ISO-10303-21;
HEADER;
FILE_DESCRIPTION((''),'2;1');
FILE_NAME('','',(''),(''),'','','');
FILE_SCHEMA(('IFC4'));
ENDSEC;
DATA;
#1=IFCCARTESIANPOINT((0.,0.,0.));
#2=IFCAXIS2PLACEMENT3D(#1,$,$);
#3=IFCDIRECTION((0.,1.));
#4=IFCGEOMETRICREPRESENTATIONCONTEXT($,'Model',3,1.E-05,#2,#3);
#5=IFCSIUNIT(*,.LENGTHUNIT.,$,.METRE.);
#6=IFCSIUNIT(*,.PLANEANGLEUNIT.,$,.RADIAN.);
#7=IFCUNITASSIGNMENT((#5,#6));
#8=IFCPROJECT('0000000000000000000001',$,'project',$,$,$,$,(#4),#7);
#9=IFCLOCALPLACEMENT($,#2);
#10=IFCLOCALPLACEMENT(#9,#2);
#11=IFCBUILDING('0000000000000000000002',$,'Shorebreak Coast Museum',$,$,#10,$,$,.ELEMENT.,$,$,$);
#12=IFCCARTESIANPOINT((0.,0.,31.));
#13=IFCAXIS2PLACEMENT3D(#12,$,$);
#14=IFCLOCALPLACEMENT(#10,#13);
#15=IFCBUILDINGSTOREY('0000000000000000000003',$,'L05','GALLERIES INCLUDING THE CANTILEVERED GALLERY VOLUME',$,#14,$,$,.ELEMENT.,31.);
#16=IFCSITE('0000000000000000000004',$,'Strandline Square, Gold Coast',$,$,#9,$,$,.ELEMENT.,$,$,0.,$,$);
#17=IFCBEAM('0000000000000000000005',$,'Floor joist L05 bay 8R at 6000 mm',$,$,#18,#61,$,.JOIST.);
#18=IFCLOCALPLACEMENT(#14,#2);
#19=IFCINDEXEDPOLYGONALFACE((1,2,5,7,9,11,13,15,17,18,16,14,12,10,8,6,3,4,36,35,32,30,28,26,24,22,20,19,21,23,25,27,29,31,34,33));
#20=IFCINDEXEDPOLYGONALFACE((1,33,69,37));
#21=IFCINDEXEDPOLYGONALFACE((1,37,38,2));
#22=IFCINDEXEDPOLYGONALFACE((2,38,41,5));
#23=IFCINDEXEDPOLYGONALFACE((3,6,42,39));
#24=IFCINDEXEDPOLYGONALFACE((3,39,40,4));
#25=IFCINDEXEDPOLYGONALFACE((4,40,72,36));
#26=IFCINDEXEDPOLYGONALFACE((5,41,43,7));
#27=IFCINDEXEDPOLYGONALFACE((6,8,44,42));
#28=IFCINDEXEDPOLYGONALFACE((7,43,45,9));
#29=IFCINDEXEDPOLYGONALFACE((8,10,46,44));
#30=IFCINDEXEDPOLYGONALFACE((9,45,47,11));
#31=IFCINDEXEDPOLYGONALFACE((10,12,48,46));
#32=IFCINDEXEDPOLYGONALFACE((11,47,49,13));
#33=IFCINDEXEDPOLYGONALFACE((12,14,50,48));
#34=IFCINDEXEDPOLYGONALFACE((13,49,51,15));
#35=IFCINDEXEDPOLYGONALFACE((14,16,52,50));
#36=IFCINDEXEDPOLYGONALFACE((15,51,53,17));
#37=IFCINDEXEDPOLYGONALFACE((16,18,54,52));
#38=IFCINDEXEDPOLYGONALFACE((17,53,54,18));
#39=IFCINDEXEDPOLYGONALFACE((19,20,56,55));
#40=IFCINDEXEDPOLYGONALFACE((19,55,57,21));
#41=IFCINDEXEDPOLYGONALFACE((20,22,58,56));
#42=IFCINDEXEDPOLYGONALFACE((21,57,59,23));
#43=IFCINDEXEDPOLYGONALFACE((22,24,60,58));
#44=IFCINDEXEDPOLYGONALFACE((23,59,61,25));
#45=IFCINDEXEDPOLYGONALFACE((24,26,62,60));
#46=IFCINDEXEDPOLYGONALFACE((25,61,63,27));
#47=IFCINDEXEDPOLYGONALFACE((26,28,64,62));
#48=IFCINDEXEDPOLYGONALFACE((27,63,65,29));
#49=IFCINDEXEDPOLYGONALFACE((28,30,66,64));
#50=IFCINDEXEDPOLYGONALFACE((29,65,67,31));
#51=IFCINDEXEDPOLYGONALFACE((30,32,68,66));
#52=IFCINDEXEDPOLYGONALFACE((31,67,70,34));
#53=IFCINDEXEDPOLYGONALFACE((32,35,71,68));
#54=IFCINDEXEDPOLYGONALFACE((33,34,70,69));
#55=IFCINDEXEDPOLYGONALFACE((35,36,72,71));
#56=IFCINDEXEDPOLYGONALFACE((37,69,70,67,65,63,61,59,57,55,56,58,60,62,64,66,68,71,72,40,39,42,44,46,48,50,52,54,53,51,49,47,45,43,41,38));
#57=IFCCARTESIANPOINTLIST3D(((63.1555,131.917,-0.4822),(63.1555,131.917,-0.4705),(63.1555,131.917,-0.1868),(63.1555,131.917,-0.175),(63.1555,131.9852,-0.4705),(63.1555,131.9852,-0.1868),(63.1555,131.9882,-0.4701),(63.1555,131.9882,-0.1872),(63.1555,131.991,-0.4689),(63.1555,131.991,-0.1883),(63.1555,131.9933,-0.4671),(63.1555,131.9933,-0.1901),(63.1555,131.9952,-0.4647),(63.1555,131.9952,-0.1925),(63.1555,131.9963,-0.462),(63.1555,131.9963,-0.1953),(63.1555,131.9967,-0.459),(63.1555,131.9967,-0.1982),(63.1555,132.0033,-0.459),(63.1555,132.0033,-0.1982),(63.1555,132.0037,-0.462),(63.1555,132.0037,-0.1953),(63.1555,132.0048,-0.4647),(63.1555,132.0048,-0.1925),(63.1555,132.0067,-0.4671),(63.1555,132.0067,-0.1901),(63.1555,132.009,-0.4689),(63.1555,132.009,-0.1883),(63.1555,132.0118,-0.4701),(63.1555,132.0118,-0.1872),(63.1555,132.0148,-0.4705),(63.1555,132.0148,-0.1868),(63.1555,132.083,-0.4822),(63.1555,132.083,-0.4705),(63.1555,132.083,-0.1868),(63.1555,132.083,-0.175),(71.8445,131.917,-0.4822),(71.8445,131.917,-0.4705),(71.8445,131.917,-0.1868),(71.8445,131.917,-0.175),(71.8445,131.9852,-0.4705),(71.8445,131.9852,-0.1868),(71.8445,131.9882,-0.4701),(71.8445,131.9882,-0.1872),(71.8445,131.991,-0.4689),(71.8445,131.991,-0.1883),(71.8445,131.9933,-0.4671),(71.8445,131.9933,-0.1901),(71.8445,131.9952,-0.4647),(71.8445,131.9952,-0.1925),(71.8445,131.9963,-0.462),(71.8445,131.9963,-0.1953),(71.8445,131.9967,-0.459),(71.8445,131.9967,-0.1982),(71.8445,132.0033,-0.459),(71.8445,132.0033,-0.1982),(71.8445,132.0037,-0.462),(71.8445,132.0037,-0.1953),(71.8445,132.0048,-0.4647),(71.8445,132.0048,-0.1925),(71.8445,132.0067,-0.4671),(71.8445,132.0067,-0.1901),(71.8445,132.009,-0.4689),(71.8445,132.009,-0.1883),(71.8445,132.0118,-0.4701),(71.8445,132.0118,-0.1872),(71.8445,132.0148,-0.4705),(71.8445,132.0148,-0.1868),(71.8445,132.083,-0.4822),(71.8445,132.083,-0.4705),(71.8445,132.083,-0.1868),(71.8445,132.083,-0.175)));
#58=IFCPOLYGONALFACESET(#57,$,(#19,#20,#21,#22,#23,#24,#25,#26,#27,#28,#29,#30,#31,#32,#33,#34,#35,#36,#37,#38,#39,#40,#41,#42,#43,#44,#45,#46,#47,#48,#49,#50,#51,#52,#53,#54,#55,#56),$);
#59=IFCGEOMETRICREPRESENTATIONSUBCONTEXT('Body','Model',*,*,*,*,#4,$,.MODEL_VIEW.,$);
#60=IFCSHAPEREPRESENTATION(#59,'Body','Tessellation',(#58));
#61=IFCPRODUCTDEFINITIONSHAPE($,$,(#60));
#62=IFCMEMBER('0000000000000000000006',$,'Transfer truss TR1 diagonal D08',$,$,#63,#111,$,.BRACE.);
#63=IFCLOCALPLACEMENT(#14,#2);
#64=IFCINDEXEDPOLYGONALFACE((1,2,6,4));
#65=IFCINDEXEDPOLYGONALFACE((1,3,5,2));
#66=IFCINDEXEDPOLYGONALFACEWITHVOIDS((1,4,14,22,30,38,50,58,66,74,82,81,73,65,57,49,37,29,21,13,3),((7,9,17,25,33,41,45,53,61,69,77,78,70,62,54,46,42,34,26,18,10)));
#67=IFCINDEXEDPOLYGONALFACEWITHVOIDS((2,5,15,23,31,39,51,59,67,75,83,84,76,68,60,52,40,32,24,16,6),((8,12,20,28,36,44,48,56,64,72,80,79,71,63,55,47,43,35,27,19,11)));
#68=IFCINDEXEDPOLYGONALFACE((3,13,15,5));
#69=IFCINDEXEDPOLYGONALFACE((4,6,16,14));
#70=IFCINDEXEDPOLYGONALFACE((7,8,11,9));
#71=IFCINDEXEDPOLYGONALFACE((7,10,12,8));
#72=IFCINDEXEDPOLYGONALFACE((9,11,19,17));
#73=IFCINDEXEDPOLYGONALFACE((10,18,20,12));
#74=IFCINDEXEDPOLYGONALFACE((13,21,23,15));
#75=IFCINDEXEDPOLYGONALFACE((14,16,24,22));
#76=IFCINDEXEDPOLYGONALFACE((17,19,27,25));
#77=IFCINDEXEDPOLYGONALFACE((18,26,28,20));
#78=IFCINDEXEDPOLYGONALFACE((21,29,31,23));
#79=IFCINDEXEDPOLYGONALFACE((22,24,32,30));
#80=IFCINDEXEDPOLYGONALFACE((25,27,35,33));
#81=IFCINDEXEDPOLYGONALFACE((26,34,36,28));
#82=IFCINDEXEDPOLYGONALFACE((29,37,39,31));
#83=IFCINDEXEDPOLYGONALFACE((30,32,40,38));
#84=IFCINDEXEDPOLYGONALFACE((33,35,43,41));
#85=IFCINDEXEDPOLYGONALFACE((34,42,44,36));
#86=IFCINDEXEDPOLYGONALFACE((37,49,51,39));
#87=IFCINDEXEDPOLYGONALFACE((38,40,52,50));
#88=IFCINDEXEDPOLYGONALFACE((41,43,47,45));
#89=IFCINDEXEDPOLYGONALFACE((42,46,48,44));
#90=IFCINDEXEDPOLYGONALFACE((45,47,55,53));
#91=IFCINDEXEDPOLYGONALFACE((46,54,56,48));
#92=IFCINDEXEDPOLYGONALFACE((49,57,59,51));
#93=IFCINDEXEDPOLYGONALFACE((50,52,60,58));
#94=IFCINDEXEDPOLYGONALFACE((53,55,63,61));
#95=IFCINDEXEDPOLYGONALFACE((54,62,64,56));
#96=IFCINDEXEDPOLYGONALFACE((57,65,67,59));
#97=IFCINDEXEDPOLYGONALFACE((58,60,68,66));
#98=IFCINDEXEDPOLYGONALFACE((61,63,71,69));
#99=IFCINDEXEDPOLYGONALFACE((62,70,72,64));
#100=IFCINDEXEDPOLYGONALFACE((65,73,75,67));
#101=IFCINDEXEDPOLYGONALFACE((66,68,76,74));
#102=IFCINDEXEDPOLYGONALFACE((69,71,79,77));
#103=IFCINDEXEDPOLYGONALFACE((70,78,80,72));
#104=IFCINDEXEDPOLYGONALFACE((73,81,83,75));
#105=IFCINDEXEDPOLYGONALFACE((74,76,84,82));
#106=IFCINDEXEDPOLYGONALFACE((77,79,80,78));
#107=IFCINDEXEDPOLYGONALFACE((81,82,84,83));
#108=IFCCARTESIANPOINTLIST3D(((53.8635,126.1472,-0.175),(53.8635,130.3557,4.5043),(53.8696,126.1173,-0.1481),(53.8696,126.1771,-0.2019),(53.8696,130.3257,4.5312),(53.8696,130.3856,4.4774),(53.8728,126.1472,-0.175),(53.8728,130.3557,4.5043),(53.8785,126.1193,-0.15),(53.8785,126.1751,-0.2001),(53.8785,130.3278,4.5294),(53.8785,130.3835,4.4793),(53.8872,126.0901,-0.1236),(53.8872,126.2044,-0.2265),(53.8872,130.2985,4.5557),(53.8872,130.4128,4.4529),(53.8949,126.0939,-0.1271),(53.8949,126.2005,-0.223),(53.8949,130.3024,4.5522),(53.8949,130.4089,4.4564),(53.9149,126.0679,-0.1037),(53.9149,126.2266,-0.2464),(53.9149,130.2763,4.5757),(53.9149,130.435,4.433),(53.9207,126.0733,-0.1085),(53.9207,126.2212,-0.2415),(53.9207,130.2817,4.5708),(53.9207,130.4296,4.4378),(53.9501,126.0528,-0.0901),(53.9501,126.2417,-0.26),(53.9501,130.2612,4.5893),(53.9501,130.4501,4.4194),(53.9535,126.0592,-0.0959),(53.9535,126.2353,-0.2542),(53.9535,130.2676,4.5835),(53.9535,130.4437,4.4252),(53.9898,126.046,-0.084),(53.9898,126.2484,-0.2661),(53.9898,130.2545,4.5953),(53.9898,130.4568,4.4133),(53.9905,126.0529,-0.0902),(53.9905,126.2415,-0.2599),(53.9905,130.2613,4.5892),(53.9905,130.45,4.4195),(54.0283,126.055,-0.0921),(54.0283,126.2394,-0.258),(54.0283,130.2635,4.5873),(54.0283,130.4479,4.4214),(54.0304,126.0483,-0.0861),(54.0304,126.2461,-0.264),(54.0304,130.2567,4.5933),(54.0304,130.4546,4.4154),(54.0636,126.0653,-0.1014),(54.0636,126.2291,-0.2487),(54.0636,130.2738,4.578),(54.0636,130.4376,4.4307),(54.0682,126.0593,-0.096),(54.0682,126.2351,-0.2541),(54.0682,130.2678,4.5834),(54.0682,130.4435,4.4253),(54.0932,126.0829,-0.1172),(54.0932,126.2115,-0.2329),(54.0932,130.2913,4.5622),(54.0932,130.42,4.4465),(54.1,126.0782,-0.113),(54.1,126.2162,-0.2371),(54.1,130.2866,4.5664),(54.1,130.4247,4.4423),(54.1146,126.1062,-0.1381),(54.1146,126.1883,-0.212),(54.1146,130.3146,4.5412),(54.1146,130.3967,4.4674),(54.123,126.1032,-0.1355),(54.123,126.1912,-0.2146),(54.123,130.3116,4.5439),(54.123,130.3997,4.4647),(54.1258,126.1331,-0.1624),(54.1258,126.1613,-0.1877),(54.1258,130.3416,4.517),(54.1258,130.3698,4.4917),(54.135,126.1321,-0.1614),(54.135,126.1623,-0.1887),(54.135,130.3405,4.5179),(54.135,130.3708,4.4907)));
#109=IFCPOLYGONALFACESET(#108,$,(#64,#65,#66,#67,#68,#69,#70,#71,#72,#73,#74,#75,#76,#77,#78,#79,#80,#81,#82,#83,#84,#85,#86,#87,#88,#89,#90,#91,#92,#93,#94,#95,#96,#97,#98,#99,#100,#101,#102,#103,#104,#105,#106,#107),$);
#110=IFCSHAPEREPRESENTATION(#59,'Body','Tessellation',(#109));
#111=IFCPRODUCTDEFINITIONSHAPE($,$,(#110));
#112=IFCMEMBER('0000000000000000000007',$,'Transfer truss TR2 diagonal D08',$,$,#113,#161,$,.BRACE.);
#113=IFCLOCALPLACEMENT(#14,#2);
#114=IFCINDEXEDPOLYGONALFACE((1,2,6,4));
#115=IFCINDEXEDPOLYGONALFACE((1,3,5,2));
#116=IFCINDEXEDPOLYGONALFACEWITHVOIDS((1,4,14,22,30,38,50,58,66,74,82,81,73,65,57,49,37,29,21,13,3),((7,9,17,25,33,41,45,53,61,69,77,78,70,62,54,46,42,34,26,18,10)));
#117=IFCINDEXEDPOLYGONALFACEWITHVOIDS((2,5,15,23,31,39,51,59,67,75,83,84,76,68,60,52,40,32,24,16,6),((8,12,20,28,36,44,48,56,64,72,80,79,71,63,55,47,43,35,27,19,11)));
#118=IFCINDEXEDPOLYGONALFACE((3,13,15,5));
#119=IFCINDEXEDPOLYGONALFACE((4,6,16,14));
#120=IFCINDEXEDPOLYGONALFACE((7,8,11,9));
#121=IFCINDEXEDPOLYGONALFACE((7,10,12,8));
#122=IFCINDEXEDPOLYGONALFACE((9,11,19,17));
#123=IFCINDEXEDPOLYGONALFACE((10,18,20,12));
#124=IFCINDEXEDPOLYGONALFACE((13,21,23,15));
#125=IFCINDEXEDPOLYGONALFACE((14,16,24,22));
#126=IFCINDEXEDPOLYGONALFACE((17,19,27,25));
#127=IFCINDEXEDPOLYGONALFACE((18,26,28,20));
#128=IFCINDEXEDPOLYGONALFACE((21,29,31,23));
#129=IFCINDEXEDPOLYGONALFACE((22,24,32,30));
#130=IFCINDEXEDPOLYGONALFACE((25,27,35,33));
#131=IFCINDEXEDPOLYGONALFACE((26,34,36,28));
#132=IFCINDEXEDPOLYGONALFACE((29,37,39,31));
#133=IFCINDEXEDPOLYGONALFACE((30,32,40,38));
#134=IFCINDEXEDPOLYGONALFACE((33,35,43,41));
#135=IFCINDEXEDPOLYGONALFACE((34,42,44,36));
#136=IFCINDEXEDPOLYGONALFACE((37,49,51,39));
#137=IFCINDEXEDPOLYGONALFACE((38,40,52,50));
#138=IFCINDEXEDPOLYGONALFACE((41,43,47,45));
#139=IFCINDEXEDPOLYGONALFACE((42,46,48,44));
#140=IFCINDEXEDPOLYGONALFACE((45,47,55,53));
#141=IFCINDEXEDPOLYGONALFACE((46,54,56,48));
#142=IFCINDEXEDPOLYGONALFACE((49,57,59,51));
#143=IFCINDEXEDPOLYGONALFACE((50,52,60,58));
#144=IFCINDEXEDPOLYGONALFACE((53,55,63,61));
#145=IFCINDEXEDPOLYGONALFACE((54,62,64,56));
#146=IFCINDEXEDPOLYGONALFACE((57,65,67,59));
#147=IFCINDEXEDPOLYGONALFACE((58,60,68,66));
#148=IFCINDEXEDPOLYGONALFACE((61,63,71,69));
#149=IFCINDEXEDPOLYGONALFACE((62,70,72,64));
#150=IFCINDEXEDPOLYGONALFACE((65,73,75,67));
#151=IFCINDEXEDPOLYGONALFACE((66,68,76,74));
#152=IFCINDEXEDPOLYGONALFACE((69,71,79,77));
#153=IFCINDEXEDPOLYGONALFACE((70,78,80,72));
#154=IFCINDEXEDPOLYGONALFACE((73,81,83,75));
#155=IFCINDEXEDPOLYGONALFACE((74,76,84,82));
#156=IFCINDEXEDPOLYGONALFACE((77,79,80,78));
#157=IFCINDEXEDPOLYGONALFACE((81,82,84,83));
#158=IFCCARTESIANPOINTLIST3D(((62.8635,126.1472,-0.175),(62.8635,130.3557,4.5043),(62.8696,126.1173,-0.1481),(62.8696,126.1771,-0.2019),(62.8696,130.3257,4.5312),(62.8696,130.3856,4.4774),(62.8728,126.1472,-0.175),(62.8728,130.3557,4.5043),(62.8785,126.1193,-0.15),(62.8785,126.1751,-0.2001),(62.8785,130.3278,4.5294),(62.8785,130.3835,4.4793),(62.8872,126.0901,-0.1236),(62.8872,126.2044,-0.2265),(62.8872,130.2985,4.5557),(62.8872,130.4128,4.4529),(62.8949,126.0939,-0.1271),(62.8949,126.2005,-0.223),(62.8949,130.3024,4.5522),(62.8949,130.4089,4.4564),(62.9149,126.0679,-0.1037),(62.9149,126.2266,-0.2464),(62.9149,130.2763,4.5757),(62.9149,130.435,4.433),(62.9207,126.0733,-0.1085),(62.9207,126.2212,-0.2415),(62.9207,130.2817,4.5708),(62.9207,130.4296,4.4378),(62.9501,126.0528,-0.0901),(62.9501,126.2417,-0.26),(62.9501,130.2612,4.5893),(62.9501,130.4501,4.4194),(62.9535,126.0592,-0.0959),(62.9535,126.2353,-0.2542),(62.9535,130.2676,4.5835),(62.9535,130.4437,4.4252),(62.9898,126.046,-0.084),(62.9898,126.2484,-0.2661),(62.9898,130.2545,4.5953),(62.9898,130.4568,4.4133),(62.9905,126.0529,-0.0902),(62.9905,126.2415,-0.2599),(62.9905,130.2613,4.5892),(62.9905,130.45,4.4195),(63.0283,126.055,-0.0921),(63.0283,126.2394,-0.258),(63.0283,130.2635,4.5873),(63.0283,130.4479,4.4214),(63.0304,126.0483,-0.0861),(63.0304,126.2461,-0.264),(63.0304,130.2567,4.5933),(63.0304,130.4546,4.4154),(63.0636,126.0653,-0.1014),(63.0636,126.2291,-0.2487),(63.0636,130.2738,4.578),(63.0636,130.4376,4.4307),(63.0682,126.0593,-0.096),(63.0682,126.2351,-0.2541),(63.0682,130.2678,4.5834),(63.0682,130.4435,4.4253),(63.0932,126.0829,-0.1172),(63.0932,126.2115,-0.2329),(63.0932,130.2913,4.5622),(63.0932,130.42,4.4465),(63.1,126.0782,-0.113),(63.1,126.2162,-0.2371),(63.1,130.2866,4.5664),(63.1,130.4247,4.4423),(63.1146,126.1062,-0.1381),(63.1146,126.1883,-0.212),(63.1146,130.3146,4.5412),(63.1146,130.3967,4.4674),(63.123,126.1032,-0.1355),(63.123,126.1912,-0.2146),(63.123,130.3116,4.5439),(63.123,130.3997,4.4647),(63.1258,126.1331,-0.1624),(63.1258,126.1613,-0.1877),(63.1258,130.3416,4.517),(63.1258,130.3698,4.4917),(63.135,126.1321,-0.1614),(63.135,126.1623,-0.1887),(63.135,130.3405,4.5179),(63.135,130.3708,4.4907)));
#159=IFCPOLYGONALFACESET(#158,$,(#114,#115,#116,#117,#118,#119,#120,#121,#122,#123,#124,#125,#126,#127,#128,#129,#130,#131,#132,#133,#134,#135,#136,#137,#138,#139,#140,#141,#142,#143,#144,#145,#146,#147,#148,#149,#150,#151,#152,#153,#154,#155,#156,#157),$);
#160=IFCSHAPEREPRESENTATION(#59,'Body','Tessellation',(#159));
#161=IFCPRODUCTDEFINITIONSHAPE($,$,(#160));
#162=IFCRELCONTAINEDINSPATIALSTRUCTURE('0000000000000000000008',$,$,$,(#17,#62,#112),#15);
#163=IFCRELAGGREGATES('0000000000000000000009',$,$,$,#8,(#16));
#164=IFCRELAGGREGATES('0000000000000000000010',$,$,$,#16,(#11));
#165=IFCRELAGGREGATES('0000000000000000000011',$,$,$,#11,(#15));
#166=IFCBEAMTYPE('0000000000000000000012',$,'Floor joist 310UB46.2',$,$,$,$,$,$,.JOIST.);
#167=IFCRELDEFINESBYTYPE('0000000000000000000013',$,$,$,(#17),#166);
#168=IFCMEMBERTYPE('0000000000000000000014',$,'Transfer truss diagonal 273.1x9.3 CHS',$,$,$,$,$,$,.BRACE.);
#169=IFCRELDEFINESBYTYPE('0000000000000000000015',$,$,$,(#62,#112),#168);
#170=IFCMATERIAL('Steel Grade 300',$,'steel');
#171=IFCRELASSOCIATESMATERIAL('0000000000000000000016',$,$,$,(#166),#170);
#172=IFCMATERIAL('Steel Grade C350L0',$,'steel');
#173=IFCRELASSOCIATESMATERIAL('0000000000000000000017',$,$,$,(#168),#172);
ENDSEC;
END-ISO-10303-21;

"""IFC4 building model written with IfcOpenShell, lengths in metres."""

from ifc_helpers import new_model, si_unit, direction, frame, origin, origin_2d, place, context, subcontext, project, spatial, hollow_circle, i_section, extrude, material, material_profile, profile_set, type_object, element, save


model = new_model("IFC4")

# Units and contexts
model_context = context("Model", 3, precision=1e-05, world=origin(), true_north=direction((0.0, 1.0)))
body_context = subcontext(model_context, "Body", "Model", "MODEL_VIEW")
ifc_project = project(units=[si_unit("LENGTHUNIT", "METRE"), si_unit("PLANEANGLEUNIT", "RADIAN")], contexts=[model_context])

# Site, building, storey
site_placement = place(None, origin())
site = spatial("IfcSite", under=ifc_project, at=site_placement, Name="Strandline Square, Gold Coast", CompositionType="ELEMENT", RefElevation=0.0)
building_placement = place(site_placement, origin())
building = spatial("IfcBuilding", under=site, at=building_placement, Name="Shorebreak Coast Museum", CompositionType="ELEMENT")
storey_placement = place(building_placement, frame((0.0, 0.0, 31.0)))
storey = spatial("IfcBuildingStorey", under=building, at=storey_placement, Name="L05", Description="GALLERIES INCLUDING THE CANTILEVERED GALLERY VOLUME", CompositionType="ELEMENT", Elevation=31.0)

# Beam
ifc_material_1 = material(Name="Steel Grade 300", Category="steel")
ifc_material_profile_1 = material_profile(ifc_material_1, i_section(OverallWidth=0.166, OverallDepth=0.3071, WebThickness=0.0066, FlangeThickness=0.0117, FilletRadius=0.0115, at=origin_2d()), Name="310UB46.2")
ifc_profile_set_1 = profile_set([ifc_material_profile_1], Name="Steel Grade 300")
beam_type_1 = type_object("IfcBeamType", Name="Floor joist 310UB46.2", PredefinedType="JOIST", material=ifc_profile_set_1)
for number, where, z_axis, x_axis, name in (
    (1, (63.1555, 132.0, -0.3286), (1.0, 0.0, 0.0), (0.0, 1.0, 0.0), "Floor joist L05 bay 8R at 6000 mm"),
):
    element("IfcBeam", number, at=place(storey_placement, frame(where, z_axis=z_axis, x_axis=x_axis)), inside=storey, type_object=beam_type_1, Name=name, PredefinedType="JOIST", context=body_context, shape_type="SweptSolid", body=[
        extrude(i_section(OverallWidth=0.166, OverallDepth=0.3071, WebThickness=0.0066, FlangeThickness=0.0117, FilletRadius=0.0115, at=origin_2d()), origin(), (0.0, 0.0, 1.0), 8.689),
    ])

# Members
ifc_material_2 = material(Name="Steel Grade C350L0", Category="steel")
ifc_material_profile_2 = material_profile(ifc_material_2, hollow_circle(Radius=0.1365, WallThickness=0.0093, at=origin_2d()), Name="273.1x9.3 CHS")
ifc_profile_set_2 = profile_set([ifc_material_profile_2], Name="Steel Grade C350L0")
member_type_1 = type_object("IfcMemberType", Name="Transfer truss diagonal 273.1x9.3 CHS", PredefinedType="BRACE", material=ifc_profile_set_2)
for number, where, z_axis, x_axis, name in (
    (2, (54.0, 126.1472, -0.175), (0.0, 0.668701, 0.743531), (-1.0, 0.0, 0.0), "Transfer truss TR1 diagonal D08"),
    (3, (63.0, 126.1472, -0.175), (0.0, 0.668701, 0.743531), (-1.0, 0.0, 0.0), "Transfer truss TR2 diagonal D08"),
):
    element("IfcMember", number, at=place(storey_placement, frame(where, z_axis=z_axis, x_axis=x_axis)), inside=storey, type_object=member_type_1, Name=name, PredefinedType="BRACE", context=body_context, shape_type="SweptSolid", body=[
        extrude(hollow_circle(Radius=0.1365, WallThickness=0.0093, at=origin_2d()), origin(), (0.0, 0.0, 1.0), 6.2935),
    ])

save(model, "model.ifc")
